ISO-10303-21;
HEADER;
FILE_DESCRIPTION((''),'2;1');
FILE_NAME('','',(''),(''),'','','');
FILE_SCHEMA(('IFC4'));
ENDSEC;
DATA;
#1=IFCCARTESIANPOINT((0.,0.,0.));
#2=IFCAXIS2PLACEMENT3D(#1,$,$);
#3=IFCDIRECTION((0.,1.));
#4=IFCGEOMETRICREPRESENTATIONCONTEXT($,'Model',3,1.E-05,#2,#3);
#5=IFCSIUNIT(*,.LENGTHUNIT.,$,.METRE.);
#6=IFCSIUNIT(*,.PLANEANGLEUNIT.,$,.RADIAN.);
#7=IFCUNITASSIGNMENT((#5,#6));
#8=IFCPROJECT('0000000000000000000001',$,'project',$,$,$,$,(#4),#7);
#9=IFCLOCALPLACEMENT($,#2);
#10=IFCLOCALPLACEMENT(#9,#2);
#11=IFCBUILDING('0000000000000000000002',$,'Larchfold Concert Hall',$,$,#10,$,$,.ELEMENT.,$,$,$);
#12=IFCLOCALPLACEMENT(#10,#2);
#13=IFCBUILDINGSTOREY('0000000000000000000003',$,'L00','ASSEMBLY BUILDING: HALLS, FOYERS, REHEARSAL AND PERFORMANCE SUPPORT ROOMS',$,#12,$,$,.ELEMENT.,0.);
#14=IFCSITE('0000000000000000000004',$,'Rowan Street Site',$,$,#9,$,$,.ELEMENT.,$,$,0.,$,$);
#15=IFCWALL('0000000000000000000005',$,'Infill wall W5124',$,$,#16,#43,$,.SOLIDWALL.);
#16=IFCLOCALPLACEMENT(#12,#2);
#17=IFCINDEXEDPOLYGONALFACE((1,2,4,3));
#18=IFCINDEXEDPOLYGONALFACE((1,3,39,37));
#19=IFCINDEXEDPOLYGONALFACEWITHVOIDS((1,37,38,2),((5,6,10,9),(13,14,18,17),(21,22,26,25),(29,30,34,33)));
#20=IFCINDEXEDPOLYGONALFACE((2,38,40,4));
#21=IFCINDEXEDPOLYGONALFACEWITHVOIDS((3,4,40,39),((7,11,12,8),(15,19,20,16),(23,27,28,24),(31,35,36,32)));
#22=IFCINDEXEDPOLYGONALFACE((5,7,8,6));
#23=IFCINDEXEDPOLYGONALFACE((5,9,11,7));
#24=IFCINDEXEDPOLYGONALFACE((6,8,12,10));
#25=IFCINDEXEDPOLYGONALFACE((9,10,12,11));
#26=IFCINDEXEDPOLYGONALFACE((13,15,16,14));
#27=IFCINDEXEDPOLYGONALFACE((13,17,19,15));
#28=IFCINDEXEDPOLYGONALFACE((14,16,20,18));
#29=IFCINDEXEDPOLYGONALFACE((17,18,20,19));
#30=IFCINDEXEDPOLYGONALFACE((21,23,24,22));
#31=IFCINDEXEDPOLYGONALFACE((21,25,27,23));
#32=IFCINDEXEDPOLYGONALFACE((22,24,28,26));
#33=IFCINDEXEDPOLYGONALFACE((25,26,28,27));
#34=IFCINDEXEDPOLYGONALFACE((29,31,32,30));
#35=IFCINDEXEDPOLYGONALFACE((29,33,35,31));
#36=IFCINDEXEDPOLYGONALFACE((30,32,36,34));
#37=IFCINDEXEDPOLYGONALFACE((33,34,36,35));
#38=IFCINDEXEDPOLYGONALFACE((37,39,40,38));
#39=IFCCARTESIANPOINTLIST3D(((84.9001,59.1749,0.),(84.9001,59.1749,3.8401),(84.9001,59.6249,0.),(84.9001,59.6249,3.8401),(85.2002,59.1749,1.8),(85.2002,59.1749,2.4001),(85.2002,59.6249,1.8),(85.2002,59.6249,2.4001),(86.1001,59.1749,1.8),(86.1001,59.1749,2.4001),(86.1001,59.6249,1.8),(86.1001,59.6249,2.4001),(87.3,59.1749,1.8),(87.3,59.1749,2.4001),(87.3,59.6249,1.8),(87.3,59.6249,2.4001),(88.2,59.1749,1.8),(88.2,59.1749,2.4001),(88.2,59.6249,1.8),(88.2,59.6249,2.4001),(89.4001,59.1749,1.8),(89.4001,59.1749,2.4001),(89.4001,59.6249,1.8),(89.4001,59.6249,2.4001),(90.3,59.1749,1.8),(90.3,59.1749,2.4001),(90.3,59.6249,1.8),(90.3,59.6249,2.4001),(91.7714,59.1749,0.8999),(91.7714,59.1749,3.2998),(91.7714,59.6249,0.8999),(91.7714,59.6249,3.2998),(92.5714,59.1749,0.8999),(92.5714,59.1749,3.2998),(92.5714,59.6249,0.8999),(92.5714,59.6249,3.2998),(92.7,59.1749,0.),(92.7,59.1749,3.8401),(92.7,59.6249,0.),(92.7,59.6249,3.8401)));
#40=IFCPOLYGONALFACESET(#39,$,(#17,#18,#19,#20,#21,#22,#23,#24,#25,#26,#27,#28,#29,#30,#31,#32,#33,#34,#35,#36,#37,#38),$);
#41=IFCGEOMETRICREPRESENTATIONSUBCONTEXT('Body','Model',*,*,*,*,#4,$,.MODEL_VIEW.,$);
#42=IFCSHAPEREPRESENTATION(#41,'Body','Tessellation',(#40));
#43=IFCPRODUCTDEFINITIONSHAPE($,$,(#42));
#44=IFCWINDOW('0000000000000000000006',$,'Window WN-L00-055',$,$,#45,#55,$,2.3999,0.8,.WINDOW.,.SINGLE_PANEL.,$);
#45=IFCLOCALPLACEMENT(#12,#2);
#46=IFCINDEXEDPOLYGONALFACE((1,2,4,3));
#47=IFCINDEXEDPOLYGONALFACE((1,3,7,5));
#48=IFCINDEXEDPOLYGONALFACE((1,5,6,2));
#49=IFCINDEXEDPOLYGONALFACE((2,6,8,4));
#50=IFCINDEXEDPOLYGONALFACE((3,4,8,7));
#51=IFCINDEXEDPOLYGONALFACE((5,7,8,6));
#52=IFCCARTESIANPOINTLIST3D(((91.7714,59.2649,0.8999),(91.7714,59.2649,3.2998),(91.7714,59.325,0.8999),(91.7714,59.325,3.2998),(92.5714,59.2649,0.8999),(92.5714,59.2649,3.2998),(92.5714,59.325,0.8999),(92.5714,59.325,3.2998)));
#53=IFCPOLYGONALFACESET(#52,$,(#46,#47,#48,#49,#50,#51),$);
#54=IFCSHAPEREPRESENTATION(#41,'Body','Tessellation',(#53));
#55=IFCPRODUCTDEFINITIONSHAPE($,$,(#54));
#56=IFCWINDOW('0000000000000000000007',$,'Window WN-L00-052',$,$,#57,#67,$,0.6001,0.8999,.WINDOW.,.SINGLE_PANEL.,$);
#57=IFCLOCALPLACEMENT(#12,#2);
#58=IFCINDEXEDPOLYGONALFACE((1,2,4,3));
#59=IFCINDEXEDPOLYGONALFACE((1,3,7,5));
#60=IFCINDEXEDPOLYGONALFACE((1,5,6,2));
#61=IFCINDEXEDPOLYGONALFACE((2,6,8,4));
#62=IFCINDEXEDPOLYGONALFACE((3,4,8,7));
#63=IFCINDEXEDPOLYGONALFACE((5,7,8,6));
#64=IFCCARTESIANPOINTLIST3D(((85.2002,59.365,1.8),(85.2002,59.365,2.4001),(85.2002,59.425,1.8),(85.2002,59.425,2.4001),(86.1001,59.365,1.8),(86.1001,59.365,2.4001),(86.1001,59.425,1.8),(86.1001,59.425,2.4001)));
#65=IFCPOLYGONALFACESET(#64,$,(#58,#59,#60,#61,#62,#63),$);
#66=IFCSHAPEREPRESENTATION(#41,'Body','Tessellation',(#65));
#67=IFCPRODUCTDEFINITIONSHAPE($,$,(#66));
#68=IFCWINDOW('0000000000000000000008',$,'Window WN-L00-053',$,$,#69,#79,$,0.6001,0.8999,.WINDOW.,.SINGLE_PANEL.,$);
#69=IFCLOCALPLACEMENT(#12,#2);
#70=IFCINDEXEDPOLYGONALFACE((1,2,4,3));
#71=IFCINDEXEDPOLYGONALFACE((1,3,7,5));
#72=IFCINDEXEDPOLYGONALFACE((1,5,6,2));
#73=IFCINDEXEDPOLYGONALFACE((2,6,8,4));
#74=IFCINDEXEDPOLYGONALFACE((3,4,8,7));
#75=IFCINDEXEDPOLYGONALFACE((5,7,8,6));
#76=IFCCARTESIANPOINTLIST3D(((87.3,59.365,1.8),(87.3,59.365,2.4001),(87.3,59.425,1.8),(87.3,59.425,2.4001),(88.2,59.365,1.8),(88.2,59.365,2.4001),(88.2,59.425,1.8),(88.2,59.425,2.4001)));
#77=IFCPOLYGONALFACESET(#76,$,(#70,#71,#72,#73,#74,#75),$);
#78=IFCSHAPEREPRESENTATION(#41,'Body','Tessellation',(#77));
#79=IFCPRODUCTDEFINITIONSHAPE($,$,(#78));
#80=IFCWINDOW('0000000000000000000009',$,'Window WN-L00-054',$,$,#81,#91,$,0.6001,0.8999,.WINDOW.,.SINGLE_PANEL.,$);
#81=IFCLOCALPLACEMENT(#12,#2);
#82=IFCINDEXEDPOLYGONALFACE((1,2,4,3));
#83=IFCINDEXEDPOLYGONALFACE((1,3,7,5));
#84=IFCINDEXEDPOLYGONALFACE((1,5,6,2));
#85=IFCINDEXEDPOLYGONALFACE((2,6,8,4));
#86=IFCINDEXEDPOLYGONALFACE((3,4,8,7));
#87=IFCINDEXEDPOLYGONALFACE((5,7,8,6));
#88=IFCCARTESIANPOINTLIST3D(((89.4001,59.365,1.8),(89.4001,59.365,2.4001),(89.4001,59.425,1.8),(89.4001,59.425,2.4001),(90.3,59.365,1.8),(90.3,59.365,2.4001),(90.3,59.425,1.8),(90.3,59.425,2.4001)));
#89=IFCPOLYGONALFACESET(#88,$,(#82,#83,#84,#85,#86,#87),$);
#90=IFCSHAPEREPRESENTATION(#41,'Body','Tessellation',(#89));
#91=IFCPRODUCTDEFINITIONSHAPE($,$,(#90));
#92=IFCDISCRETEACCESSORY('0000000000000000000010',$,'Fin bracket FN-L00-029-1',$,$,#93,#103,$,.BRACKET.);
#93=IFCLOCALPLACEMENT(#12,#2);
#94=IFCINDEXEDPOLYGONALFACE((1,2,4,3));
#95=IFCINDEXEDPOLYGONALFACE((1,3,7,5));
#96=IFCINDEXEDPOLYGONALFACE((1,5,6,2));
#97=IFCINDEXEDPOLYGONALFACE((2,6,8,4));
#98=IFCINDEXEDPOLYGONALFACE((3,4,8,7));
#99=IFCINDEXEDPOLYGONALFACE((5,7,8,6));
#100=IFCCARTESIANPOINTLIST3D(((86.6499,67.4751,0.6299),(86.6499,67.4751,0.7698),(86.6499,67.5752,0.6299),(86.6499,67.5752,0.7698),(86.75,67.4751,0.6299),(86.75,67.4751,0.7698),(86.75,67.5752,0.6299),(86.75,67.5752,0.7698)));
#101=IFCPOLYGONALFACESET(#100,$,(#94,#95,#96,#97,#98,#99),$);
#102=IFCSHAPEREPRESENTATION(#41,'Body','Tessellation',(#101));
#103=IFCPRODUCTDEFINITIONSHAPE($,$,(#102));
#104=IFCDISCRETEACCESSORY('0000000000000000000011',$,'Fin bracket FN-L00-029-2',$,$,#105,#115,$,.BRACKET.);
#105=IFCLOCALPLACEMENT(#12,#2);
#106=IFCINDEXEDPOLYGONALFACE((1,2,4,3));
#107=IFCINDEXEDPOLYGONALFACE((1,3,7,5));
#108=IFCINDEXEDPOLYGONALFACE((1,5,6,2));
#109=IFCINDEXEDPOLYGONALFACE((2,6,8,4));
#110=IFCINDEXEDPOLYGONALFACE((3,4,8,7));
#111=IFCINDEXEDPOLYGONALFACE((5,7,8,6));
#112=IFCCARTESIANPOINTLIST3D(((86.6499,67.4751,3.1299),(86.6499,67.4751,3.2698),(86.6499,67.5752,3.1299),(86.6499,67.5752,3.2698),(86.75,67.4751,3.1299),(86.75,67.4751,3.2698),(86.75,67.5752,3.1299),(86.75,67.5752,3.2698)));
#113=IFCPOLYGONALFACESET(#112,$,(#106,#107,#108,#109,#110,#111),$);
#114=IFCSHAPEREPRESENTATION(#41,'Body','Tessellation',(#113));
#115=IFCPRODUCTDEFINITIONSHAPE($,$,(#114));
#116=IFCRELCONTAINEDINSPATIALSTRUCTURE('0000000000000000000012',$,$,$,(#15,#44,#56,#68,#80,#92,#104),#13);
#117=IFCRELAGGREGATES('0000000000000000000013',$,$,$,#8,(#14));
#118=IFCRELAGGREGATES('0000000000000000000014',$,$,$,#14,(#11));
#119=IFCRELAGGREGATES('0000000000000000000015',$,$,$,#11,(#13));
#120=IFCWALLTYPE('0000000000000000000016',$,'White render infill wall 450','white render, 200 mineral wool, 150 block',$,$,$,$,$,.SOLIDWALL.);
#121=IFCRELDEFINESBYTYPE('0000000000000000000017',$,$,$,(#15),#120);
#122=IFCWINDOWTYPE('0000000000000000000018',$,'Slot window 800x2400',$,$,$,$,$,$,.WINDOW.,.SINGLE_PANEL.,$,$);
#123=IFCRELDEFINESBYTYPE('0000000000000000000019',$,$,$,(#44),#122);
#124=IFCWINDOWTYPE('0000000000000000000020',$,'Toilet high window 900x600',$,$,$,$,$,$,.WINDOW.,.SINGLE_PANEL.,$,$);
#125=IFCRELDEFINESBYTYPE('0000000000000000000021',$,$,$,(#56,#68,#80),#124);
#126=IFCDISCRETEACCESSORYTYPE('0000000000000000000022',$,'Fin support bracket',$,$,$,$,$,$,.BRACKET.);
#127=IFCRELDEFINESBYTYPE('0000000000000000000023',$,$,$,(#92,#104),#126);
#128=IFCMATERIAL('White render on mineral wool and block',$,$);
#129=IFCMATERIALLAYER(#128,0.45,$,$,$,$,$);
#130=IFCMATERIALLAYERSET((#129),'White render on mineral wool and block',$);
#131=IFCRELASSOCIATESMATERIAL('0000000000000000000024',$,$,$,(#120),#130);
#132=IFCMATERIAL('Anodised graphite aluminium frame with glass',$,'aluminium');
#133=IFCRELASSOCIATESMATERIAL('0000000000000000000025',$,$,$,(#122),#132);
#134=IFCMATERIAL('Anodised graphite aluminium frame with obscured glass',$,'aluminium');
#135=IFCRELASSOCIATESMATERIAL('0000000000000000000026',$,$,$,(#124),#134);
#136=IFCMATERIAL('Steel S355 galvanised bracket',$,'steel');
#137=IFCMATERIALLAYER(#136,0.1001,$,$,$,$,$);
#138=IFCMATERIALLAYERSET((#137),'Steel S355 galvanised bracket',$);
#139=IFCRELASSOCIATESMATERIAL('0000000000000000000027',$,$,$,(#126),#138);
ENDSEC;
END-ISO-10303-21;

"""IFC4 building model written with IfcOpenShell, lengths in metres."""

from ifc_helpers import new_model, si_unit, direction, frame, frame_2d, origin, origin_2d, place, context, subcontext, project, spatial, rectangle, extrude, material, layer, layer_set, type_object, element, fill, save


model = new_model("IFC4")

# Units and contexts
model_context = context("Model", 3, precision=1e-05, world=origin(), true_north=direction((0.0, 1.0)))
body_context = subcontext(model_context, "Body", "Model", "MODEL_VIEW")
ifc_project = project(units=[si_unit("LENGTHUNIT", "METRE"), si_unit("PLANEANGLEUNIT", "RADIAN")], contexts=[model_context])

# Site, building, storey
site_placement = place(None, origin())
site = spatial("IfcSite", under=ifc_project, at=site_placement, Name="Rowan Street Site", CompositionType="ELEMENT", RefElevation=0.0)
building_placement = place(site_placement, origin())
building = spatial("IfcBuilding", under=site, at=building_placement, Name="Larchfold Concert Hall", CompositionType="ELEMENT")
storey_placement = place(building_placement, origin())
storey = spatial("IfcBuildingStorey", under=building, at=storey_placement, Name="L00", Description="ASSEMBLY BUILDING: HALLS, FOYERS, REHEARSAL AND PERFORMANCE SUPPORT ROOMS", CompositionType="ELEMENT", Elevation=0.0)

# Wall, openings, windows
ifc_material_1 = material(Name="White render on mineral wool and block")
ifc_layer_1 = layer(ifc_material_1, 0.45)
ifc_layer_set_1 = layer_set([ifc_layer_1], Name="White render on mineral wool and block")
wall_type_1 = type_object("IfcWallType", Name="White render infill wall 450", Description="white render, 200 mineral wool, 150 block", PredefinedType="SOLIDWALL", material=ifc_layer_set_1)
wall_1_placement = place(storey_placement, frame((92.7, 59.3999, 0.0), z_axis=(0.0, 0.0, 1.0), x_axis=(-1.0, 0.0, 0.0)))
wall_1 = element("IfcWall", 1, at=wall_1_placement, inside=storey, type_object=wall_type_1, Name="Infill wall W5124", PredefinedType="SOLIDWALL", context=body_context, shape_type="SweptSolid", body=[
    extrude(rectangle(XDim=7.7998, YDim=0.45, at=frame_2d((3.8999, 0.0))), origin(), (0.0, 0.0, 1.0), 3.8401),
])
opening_1_placement = place(wall_1_placement, frame((6.5999, 0.0, 1.8)))
opening_1 = element("IfcOpeningElement", 2, at=opening_1_placement, cuts=wall_1, PredefinedType="OPENING", context=body_context, shape_type="SweptSolid", body=[
    extrude(rectangle(XDim=0.8999, YDim=0.6001, at=frame_2d((0.45, 0.3))), frame((0.0, 0.2349, 0.0), z_axis=(0.0, -1.0, 0.0), x_axis=(1.0, 0.0, 0.0)), (0.0, 0.0, 1.0), 0.47),
])
opening_2_placement = place(wall_1_placement, frame((4.5, 0.0, 1.8)))
opening_2 = element("IfcOpeningElement", 3, at=opening_2_placement, cuts=wall_1, PredefinedType="OPENING", context=body_context, shape_type="SweptSolid", body=[
    extrude(rectangle(XDim=0.8999, YDim=0.6001, at=frame_2d((0.45, 0.3))), frame((0.0, 0.2349, 0.0), z_axis=(0.0, -1.0, 0.0), x_axis=(1.0, 0.0, 0.0)), (0.0, 0.0, 1.0), 0.47),
])
opening_3_placement = place(wall_1_placement, frame((2.3999, 0.0, 1.8)))
opening_3 = element("IfcOpeningElement", 4, at=opening_3_placement, cuts=wall_1, PredefinedType="OPENING", context=body_context, shape_type="SweptSolid", body=[
    extrude(rectangle(XDim=0.8999, YDim=0.6001, at=frame_2d((0.45, 0.3))), frame((0.0, 0.2349, 0.0), z_axis=(0.0, -1.0, 0.0), x_axis=(1.0, 0.0, 0.0)), (0.0, 0.0, 1.0), 0.47),
])
opening_4_placement = place(wall_1_placement, frame((0.1287, 0.0, 0.8999)))
opening_4 = element("IfcOpeningElement", 5, at=opening_4_placement, cuts=wall_1, PredefinedType="OPENING", context=body_context, shape_type="SweptSolid", body=[
    extrude(rectangle(XDim=0.8, YDim=2.3999, at=frame_2d((0.3999, 1.2))), frame((0.0, 0.2349, 0.0), z_axis=(0.0, -1.0, 0.0), x_axis=(1.0, 0.0, 0.0)), (0.0, 0.0, 1.0), 0.47),
])
ifc_material_2 = material(Name="Anodised graphite aluminium frame with glass", Category="aluminium")
window_type_1 = type_object("IfcWindowType", Name="Slot window 800x2400", PartitioningType="SINGLE_PANEL", PredefinedType="WINDOW", material=ifc_material_2)
window_1_placement = place(opening_4_placement, origin())
window_1 = element("IfcWindow", 6, at=window_1_placement, inside=storey, type_object=window_type_1, Name="Window WN-L00-055", OverallHeight=2.3999, OverallWidth=0.8, PartitioningType="SINGLE_PANEL", PredefinedType="WINDOW", context=body_context, shape_type="SweptSolid", body=[
    extrude(rectangle(XDim=0.8, YDim=2.3999, at=frame_2d((0.3999, 1.2))), frame((0.0, 0.135, 0.0), z_axis=(0.0, -1.0, 0.0), x_axis=(1.0, 0.0, 0.0)), (0.0, 0.0, 1.0), 0.0601),
])
fill(opening_4, window_1)
ifc_material_3 = material(Name="Anodised graphite aluminium frame with obscured glass", Category="aluminium")
window_type_2 = type_object("IfcWindowType", Name="Toilet high window 900x600", PartitioningType="SINGLE_PANEL", PredefinedType="WINDOW", material=ifc_material_3)
window_2_placement = place(opening_1_placement, origin())
window_2 = element("IfcWindow", 7, at=window_2_placement, inside=storey, type_object=window_type_2, Name="Window WN-L00-052", OverallHeight=0.6001, OverallWidth=0.8999, PartitioningType="SINGLE_PANEL", PredefinedType="WINDOW", context=body_context, shape_type="SweptSolid", body=[
    extrude(rectangle(XDim=0.8999, YDim=0.6001, at=frame_2d((0.45, 0.3))), frame((0.0, 0.0349, 0.0), z_axis=(0.0, -1.0, 0.0), x_axis=(1.0, 0.0, 0.0)), (0.0, 0.0, 1.0), 0.0601),
])
fill(opening_1, window_2)
window_3_placement = place(opening_2_placement, origin())
window_3 = element("IfcWindow", 8, at=window_3_placement, inside=storey, type_object=window_type_2, Name="Window WN-L00-053", OverallHeight=0.6001, OverallWidth=0.8999, PartitioningType="SINGLE_PANEL", PredefinedType="WINDOW", context=body_context, shape_type="SweptSolid", body=[
    extrude(rectangle(XDim=0.8999, YDim=0.6001, at=frame_2d((0.45, 0.3))), frame((0.0, 0.0349, 0.0), z_axis=(0.0, -1.0, 0.0), x_axis=(1.0, 0.0, 0.0)), (0.0, 0.0, 1.0), 0.0601),
])
fill(opening_2, window_3)
window_4_placement = place(opening_3_placement, origin())
window_4 = element("IfcWindow", 9, at=window_4_placement, inside=storey, type_object=window_type_2, Name="Window WN-L00-054", OverallHeight=0.6001, OverallWidth=0.8999, PartitioningType="SINGLE_PANEL", PredefinedType="WINDOW", context=body_context, shape_type="SweptSolid", body=[
    extrude(rectangle(XDim=0.8999, YDim=0.6001, at=frame_2d((0.45, 0.3))), frame((0.0, 0.0349, 0.0), z_axis=(0.0, -1.0, 0.0), x_axis=(1.0, 0.0, 0.0)), (0.0, 0.0, 1.0), 0.0601),
])
fill(opening_3, window_4)

# Discrete accessories
ifc_material_4 = material(Name="Steel S355 galvanised bracket", Category="steel")
ifc_layer_2 = layer(ifc_material_4, 0.1001)
ifc_layer_set_2 = layer_set([ifc_layer_2], Name="Steel S355 galvanised bracket")
discrete_accessory_type = type_object("IfcDiscreteAccessoryType", Name="Fin support bracket", PredefinedType="BRACKET", material=ifc_layer_set_2)
for number, where, z_axis, x_axis, name in (
    (10, (86.7, 67.5251, 0.6299), (0.0, 0.0, 1.0), (0.0, -1.0, 0.0), "Fin bracket FN-L00-029-1"),
    (11, (86.7, 67.5251, 3.1299), (0.0, 0.0, 1.0), (0.0, -1.0, 0.0), "Fin bracket FN-L00-029-2"),
):
    element("IfcDiscreteAccessory", number, at=place(storey_placement, frame(where, z_axis=z_axis, x_axis=x_axis)), inside=storey, type_object=discrete_accessory_type, Name=name, PredefinedType="BRACKET", context=body_context, shape_type="SweptSolid", body=[
        extrude(rectangle(XDim=0.1001, YDim=0.1001, at=origin_2d()), origin(), (0.0, 0.0, 1.0), 0.1399),
    ])

save(model, "model.ifc")
